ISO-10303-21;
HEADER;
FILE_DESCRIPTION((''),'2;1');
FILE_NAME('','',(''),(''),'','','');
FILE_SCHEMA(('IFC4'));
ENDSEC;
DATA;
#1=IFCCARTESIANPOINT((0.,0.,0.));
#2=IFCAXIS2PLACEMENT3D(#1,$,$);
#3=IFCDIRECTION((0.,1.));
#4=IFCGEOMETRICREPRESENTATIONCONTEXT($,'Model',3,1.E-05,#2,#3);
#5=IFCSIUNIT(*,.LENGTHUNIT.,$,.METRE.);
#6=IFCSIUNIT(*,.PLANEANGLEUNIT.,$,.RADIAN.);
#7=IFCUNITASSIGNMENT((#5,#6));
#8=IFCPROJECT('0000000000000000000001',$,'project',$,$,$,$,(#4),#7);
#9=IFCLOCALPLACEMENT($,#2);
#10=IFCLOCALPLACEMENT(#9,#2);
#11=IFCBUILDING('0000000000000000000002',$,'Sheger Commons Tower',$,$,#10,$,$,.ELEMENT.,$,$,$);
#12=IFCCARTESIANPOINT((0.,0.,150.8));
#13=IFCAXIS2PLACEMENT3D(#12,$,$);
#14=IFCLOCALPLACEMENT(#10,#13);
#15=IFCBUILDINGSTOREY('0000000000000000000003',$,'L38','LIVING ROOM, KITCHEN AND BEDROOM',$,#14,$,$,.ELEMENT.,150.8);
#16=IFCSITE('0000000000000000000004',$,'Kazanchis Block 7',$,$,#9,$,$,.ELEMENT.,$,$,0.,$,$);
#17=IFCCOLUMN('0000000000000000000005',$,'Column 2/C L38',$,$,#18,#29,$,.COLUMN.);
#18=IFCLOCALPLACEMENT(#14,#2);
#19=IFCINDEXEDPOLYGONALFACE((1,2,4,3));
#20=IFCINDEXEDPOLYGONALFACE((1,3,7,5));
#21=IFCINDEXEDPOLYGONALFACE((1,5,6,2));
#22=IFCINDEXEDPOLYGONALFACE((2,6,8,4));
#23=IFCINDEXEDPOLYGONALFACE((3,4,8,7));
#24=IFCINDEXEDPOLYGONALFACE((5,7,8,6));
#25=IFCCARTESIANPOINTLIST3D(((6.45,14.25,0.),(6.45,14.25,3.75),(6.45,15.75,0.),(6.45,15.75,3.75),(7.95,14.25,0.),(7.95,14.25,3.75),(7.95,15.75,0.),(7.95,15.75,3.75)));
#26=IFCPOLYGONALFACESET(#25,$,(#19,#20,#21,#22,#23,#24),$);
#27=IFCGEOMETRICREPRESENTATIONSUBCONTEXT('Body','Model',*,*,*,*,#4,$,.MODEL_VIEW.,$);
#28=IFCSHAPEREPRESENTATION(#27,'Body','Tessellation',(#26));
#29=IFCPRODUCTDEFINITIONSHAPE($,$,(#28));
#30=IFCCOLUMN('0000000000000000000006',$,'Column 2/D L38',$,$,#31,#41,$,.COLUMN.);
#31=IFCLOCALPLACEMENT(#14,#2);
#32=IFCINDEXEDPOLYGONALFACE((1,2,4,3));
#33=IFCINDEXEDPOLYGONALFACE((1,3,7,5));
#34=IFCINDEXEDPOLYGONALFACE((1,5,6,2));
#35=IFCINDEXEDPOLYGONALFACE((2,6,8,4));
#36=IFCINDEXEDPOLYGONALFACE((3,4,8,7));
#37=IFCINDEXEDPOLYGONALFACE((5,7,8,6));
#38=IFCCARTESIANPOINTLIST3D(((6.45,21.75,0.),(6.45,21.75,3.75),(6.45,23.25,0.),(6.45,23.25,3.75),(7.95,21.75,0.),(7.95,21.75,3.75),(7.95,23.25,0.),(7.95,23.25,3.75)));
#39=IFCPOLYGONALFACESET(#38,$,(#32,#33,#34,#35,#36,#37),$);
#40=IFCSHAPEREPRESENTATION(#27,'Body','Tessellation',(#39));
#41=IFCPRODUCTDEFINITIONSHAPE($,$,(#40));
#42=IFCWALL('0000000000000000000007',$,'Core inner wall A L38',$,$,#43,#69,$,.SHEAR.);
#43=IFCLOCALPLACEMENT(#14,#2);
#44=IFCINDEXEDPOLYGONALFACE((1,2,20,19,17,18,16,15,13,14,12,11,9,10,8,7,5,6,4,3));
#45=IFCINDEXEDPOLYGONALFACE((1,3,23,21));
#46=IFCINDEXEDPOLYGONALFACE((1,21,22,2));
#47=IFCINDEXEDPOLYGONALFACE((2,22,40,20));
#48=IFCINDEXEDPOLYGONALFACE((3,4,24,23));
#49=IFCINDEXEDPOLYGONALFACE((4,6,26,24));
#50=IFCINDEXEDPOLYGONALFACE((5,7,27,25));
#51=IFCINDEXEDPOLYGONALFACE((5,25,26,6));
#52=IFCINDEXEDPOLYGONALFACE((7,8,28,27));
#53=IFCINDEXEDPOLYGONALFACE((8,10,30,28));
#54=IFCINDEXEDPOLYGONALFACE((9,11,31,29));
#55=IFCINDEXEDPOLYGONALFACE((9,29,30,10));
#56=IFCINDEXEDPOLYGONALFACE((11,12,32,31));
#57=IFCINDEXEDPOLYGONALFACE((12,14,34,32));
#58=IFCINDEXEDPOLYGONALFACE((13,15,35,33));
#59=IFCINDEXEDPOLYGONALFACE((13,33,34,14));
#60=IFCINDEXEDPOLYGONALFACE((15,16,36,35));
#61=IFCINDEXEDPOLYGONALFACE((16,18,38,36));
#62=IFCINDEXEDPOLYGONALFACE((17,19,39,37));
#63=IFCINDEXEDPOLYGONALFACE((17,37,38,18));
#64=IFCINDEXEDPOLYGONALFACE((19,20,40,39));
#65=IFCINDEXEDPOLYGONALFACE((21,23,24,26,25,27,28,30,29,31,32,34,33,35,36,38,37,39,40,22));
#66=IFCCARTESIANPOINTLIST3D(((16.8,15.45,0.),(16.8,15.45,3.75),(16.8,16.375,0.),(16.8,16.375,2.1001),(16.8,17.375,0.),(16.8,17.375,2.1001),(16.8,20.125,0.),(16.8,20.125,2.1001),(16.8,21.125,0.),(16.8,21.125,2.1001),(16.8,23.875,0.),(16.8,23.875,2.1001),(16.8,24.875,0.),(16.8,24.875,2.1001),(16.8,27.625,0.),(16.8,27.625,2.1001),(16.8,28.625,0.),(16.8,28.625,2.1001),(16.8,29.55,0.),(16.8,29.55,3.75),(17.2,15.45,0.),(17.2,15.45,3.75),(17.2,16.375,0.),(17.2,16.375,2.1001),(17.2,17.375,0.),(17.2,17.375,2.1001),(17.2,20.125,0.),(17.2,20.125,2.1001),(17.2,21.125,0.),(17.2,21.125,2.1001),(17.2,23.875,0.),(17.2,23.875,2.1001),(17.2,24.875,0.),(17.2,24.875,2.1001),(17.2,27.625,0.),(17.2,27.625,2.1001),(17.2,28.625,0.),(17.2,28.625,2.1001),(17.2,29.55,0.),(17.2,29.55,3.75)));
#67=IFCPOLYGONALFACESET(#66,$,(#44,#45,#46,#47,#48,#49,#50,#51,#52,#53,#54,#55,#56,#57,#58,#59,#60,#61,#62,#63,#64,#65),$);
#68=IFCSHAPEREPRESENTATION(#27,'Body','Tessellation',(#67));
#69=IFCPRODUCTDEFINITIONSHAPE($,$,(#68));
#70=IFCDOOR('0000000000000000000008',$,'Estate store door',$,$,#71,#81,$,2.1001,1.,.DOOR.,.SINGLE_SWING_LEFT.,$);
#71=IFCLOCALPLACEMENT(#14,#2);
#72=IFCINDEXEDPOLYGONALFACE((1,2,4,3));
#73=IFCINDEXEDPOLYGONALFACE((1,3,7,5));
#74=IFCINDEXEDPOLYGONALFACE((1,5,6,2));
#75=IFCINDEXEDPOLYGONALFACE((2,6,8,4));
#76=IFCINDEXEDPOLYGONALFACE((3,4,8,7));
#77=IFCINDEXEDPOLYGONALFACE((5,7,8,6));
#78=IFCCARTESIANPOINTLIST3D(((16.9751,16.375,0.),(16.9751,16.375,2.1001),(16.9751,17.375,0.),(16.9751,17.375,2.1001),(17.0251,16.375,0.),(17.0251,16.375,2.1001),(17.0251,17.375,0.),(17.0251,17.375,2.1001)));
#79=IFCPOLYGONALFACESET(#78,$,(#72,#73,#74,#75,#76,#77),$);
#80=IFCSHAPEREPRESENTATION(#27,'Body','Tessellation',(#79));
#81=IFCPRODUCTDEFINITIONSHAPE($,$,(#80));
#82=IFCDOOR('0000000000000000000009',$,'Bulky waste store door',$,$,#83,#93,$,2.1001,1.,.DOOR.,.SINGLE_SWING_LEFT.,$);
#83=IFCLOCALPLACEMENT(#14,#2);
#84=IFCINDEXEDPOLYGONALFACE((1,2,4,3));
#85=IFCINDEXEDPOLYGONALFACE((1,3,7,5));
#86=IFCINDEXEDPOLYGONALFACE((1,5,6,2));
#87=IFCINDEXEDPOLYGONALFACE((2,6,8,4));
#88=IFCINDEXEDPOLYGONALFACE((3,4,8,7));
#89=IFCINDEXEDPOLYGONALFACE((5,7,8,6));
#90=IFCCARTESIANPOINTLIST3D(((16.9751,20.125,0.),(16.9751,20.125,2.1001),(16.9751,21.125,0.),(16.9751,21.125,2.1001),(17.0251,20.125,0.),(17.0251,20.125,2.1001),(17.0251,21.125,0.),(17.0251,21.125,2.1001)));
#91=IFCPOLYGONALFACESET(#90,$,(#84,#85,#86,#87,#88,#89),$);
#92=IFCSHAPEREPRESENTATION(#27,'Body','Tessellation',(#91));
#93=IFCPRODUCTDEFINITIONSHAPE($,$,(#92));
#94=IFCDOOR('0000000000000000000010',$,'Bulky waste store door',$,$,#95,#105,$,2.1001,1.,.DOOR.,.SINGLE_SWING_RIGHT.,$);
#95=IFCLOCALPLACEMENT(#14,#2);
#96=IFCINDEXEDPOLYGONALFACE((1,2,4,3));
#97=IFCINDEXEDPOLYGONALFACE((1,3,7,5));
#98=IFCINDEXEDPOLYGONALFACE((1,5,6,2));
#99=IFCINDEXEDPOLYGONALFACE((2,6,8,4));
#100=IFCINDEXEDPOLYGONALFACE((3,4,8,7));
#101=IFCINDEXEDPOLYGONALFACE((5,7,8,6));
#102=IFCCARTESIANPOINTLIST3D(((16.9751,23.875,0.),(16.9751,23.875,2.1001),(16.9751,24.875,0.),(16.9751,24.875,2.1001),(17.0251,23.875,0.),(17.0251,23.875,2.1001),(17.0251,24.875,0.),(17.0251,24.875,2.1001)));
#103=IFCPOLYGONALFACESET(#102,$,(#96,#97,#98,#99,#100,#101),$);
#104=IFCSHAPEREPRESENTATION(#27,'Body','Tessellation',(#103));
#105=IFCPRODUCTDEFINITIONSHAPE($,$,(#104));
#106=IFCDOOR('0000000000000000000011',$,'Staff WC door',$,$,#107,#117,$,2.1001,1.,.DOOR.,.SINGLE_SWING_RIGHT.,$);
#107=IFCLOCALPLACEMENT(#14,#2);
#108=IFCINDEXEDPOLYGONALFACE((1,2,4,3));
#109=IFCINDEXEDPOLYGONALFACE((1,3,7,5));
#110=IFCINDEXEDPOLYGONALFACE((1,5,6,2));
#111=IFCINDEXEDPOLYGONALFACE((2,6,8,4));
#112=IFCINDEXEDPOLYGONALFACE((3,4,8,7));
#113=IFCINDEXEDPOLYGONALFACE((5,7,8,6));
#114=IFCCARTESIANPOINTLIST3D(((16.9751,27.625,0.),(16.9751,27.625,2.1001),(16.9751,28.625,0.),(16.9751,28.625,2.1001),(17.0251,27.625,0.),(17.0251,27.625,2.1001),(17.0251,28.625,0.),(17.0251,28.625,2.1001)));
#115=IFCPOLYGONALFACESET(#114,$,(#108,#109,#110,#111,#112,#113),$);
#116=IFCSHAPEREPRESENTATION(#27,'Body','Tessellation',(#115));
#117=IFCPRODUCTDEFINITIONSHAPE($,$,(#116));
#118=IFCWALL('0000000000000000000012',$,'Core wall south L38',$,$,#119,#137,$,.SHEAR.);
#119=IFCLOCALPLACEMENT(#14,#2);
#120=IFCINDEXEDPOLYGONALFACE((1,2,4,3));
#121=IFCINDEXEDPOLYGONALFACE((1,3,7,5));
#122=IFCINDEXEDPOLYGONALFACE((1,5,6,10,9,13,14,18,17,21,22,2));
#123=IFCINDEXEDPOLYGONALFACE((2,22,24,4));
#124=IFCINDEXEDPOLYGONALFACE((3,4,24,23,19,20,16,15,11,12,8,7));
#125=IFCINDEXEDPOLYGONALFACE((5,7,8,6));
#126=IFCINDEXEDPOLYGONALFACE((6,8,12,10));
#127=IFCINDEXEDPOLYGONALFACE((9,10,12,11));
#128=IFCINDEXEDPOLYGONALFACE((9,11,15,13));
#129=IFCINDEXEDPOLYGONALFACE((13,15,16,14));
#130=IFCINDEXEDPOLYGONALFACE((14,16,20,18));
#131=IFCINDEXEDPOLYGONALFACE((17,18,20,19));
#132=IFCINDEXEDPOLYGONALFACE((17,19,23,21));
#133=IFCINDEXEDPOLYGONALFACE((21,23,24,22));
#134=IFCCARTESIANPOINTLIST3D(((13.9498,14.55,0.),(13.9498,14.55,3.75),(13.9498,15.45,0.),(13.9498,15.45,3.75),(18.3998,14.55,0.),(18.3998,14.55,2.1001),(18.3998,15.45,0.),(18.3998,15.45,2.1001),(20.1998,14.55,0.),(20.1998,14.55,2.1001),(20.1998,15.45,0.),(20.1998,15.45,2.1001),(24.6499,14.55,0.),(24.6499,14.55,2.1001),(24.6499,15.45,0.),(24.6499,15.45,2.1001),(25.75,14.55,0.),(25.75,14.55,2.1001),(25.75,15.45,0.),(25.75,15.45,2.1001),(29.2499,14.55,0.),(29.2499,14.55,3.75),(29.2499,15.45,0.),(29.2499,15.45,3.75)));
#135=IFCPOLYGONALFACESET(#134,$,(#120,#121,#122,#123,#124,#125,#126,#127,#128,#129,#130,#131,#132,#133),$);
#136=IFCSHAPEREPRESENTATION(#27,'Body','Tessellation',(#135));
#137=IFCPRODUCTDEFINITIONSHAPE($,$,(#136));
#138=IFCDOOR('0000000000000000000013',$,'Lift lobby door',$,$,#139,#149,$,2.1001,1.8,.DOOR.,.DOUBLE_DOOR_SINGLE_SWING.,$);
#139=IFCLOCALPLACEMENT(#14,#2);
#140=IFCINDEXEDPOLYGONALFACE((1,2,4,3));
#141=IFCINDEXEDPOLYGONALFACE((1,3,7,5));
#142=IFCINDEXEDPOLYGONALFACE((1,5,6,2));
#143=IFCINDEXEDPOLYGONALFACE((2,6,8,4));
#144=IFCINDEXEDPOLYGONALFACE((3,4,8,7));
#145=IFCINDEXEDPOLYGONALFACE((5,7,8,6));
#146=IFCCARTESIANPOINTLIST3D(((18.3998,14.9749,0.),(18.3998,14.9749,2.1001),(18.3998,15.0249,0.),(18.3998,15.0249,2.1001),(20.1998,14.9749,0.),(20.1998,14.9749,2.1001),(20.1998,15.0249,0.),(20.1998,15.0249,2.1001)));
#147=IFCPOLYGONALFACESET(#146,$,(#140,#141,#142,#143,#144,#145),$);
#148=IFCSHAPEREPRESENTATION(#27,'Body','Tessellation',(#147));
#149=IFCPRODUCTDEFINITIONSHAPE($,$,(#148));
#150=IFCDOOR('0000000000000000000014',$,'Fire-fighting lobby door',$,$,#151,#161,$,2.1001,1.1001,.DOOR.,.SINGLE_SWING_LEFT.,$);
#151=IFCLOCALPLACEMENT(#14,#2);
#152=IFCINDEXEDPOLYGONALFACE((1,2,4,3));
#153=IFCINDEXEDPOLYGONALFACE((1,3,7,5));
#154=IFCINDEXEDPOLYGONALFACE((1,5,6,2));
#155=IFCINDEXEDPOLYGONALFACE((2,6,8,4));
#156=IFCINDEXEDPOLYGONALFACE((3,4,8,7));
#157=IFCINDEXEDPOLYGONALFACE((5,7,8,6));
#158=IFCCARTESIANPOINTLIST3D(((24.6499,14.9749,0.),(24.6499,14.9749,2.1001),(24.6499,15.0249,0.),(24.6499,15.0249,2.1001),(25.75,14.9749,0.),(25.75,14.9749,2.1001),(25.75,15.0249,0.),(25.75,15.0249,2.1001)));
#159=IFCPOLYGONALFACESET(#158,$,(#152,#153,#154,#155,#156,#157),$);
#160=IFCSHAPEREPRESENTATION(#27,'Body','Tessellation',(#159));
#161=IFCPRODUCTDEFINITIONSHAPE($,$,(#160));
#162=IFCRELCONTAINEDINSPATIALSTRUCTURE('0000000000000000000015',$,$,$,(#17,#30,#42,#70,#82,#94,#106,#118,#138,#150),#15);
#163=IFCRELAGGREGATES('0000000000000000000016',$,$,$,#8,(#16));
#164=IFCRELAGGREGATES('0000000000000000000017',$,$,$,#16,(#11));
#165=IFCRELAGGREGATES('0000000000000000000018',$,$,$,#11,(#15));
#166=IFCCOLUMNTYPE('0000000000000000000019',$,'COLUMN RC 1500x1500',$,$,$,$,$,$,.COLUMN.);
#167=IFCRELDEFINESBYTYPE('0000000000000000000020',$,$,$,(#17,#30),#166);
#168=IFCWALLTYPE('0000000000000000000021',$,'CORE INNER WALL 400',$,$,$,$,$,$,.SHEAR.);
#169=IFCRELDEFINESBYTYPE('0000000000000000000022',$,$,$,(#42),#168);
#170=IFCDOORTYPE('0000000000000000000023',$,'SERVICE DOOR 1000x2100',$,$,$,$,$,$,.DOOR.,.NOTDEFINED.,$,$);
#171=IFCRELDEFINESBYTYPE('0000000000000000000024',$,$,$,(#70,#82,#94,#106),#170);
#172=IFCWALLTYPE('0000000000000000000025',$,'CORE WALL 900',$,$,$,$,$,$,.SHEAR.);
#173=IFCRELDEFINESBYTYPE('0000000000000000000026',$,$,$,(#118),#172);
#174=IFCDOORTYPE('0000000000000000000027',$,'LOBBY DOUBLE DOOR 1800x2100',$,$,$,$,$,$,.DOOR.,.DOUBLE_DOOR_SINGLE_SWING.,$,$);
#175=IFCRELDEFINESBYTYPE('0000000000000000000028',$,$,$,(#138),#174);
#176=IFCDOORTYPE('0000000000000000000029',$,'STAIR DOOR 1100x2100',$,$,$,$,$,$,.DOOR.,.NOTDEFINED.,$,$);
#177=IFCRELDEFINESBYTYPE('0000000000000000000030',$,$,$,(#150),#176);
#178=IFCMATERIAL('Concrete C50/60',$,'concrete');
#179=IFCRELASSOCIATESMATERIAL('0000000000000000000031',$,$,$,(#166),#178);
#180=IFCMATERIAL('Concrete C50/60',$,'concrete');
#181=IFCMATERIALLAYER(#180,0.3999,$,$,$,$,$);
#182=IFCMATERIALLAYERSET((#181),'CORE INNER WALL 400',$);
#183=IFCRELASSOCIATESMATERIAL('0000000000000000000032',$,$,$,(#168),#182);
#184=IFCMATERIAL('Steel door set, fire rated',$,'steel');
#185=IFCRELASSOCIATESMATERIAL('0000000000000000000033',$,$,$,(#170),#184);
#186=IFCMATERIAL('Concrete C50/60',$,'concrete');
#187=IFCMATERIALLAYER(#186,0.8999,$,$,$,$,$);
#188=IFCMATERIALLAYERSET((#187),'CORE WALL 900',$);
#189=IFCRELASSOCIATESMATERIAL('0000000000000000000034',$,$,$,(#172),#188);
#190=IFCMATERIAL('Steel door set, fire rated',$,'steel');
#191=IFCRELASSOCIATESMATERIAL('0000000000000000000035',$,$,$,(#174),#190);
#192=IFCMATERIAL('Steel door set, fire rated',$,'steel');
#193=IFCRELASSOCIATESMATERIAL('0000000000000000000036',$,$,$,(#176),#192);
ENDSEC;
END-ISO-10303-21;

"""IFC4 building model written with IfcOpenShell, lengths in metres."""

from ifc_helpers import new_model, si_unit, direction, frame, frame_2d, origin, origin_2d, place, context, subcontext, project, spatial, rectangle, extrude, material, layer, layer_set, material_profile, profile_set, type_object, element, fill, save


model = new_model("IFC4")

# Units and contexts
model_context = context("Model", 3, precision=1e-05, world=origin(), true_north=direction((0.0, 1.0)))
body_context = subcontext(model_context, "Body", "Model", "MODEL_VIEW")
ifc_project = project(units=[si_unit("LENGTHUNIT", "METRE"), si_unit("PLANEANGLEUNIT", "RADIAN")], contexts=[model_context])

# Site, building, storey
site_placement = place(None, origin())
site = spatial("IfcSite", under=ifc_project, at=site_placement, Name="Kazanchis Block 7", CompositionType="ELEMENT", RefElevation=0.0)
building_placement = place(site_placement, origin())
building = spatial("IfcBuilding", under=site, at=building_placement, Name="Sheger Commons Tower", CompositionType="ELEMENT")
storey_placement = place(building_placement, frame((0.0, 0.0, 150.8)))
storey = spatial("IfcBuildingStorey", under=building, at=storey_placement, Name="L38", Description="LIVING ROOM, KITCHEN AND BEDROOM", CompositionType="ELEMENT", Elevation=150.8)

# Columns
ifc_material_1 = material(Name="Concrete C50/60", Category="concrete")
ifc_material_profile = material_profile(ifc_material_1, rectangle(XDim=1.5, YDim=1.5, at=origin_2d()), Name="RC 1500x1500")
ifc_profile_set = profile_set([ifc_material_profile], Name="Concrete C50/60")
column_type = type_object("IfcColumnType", Name="COLUMN RC 1500x1500", PredefinedType="COLUMN", material=ifc_profile_set)
for number, where, z_axis, x_axis, name in (
    (1, (7.2, 15.0, 0.0), (0.0, 0.0, 1.0), (1.0, 0.0, 0.0), "Column 2/C L38"),
    (2, (7.2, 22.5, 0.0), (0.0, 0.0, 1.0), (1.0, 0.0, 0.0), "Column 2/D L38"),
):
    element("IfcColumn", number, at=place(storey_placement, frame(where, z_axis=z_axis, x_axis=x_axis)), inside=storey, type_object=column_type, Name=name, PredefinedType="COLUMN", context=body_context, shape_type="SweptSolid", body=[
        extrude(rectangle(XDim=1.5, YDim=1.5, at=origin_2d()), origin(), (0.0, 0.0, 1.0), 3.75),
    ])

# Walls, openings, doors
ifc_material_2 = material(Name="Concrete C50/60", Category="concrete")
ifc_layer_1 = layer(ifc_material_2, 0.3999)
ifc_layer_set_1 = layer_set([ifc_layer_1], Name="CORE INNER WALL 400")
wall_type_1 = type_object("IfcWallType", Name="CORE INNER WALL 400", PredefinedType="SHEAR", material=ifc_layer_set_1)
wall_1_placement = place(storey_placement, frame((17.0, 15.45, 0.0), z_axis=(0.0, 0.0, 1.0), x_axis=(0.0, 1.0, 0.0)))
wall_1 = element("IfcWall", 3, at=wall_1_placement, inside=storey, type_object=wall_type_1, Name="Core inner wall A L38", PredefinedType="SHEAR", context=body_context, shape_type="SweptSolid", body=[
    extrude(rectangle(XDim=14.1001, YDim=0.3999, at=frame_2d((7.05, 0.0))), origin(), (0.0, 0.0, 1.0), 3.75),
])
opening_1_placement = place(wall_1_placement, frame((0.925, 0.0, 0.0)))
opening_1 = element("IfcOpeningElement", 4, at=opening_1_placement, cuts=wall_1, PredefinedType="OPENING", context=body_context, shape_type="SweptSolid", body=[
    extrude(rectangle(XDim=1.0, YDim=2.1001, at=frame_2d((0.5, 1.05))), frame((0.0, 0.21, 0.0), z_axis=(0.0, -1.0, 0.0), x_axis=(1.0, 0.0, 0.0)), (0.0, 0.0, 1.0), 0.4199),
])
opening_2_placement = place(wall_1_placement, frame((4.675, 0.0, 0.0)))
opening_2 = element("IfcOpeningElement", 5, at=opening_2_placement, cuts=wall_1, PredefinedType="OPENING", context=body_context, shape_type="SweptSolid", body=[
    extrude(rectangle(XDim=1.0, YDim=2.1001, at=frame_2d((0.5, 1.05))), frame((0.0, 0.21, 0.0), z_axis=(0.0, -1.0, 0.0), x_axis=(1.0, 0.0, 0.0)), (0.0, 0.0, 1.0), 0.4199),
])
opening_3_placement = place(wall_1_placement, frame((8.425, 0.0, 0.0)))
opening_3 = element("IfcOpeningElement", 6, at=opening_3_placement, cuts=wall_1, PredefinedType="OPENING", context=body_context, shape_type="SweptSolid", body=[
    extrude(rectangle(XDim=1.0, YDim=2.1001, at=frame_2d((0.5, 1.05))), frame((0.0, 0.21, 0.0), z_axis=(0.0, -1.0, 0.0), x_axis=(1.0, 0.0, 0.0)), (0.0, 0.0, 1.0), 0.4199),
])
opening_4_placement = place(wall_1_placement, frame((12.175, 0.0, 0.0)))
opening_4 = element("IfcOpeningElement", 7, at=opening_4_placement, cuts=wall_1, PredefinedType="OPENING", context=body_context, shape_type="SweptSolid", body=[
    extrude(rectangle(XDim=1.0, YDim=2.1001, at=frame_2d((0.5, 1.05))), frame((0.0, 0.21, 0.0), z_axis=(0.0, -1.0, 0.0), x_axis=(1.0, 0.0, 0.0)), (0.0, 0.0, 1.0), 0.4199),
])
ifc_material_3 = material(Name="Steel door set, fire rated", Category="steel")
door_type_1 = type_object("IfcDoorType", Name="SERVICE DOOR 1000x2100", OperationType="NOTDEFINED", PredefinedType="DOOR", material=ifc_material_3)
door_1_placement = place(opening_1_placement, origin())
door_1 = element("IfcDoor", 8, at=door_1_placement, inside=storey, type_object=door_type_1, Name="Estate store door", OperationType="SINGLE_SWING_LEFT", OverallHeight=2.1001, OverallWidth=1.0, PredefinedType="DOOR", context=body_context, shape_type="SweptSolid", body=[
    extrude(rectangle(XDim=1.0, YDim=2.1001, at=frame_2d((0.5, 1.05))), frame((0.0, 0.0249, 0.0), z_axis=(0.0, -1.0, 0.0), x_axis=(1.0, 0.0, 0.0)), (0.0, 0.0, 1.0), 0.05),
])
fill(opening_1, door_1)
door_2_placement = place(opening_2_placement, origin())
door_2 = element("IfcDoor", 9, at=door_2_placement, inside=storey, type_object=door_type_1, Name="Bulky waste store door", OperationType="SINGLE_SWING_LEFT", OverallHeight=2.1001, OverallWidth=1.0, PredefinedType="DOOR", context=body_context, shape_type="SweptSolid", body=[
    extrude(rectangle(XDim=1.0, YDim=2.1001, at=frame_2d((0.5, 1.05))), frame((0.0, 0.0249, 0.0), z_axis=(0.0, -1.0, 0.0), x_axis=(1.0, 0.0, 0.0)), (0.0, 0.0, 1.0), 0.05),
])
fill(opening_2, door_2)
door_3_placement = place(opening_3_placement, origin())
door_3 = element("IfcDoor", 10, at=door_3_placement, inside=storey, type_object=door_type_1, Name="Bulky waste store door", OperationType="SINGLE_SWING_RIGHT", OverallHeight=2.1001, OverallWidth=1.0, PredefinedType="DOOR", context=body_context, shape_type="SweptSolid", body=[
    extrude(rectangle(XDim=1.0, YDim=2.1001, at=frame_2d((0.5, 1.05))), frame((0.0, 0.0249, 0.0), z_axis=(0.0, -1.0, 0.0), x_axis=(1.0, 0.0, 0.0)), (0.0, 0.0, 1.0), 0.05),
])
fill(opening_3, door_3)
door_4_placement = place(opening_4_placement, origin())
door_4 = element("IfcDoor", 11, at=door_4_placement, inside=storey, type_object=door_type_1, Name="Staff WC door", OperationType="SINGLE_SWING_RIGHT", OverallHeight=2.1001, OverallWidth=1.0, PredefinedType="DOOR", context=body_context, shape_type="SweptSolid", body=[
    extrude(rectangle(XDim=1.0, YDim=2.1001, at=frame_2d((0.5, 1.05))), frame((0.0, 0.0249, 0.0), z_axis=(0.0, -1.0, 0.0), x_axis=(1.0, 0.0, 0.0)), (0.0, 0.0, 1.0), 0.05),
])
fill(opening_4, door_4)
ifc_material_4 = material(Name="Concrete C50/60", Category="concrete")
ifc_layer_2 = layer(ifc_material_4, 0.8999)
ifc_layer_set_2 = layer_set([ifc_layer_2], Name="CORE WALL 900")
wall_type_2 = type_object("IfcWallType", Name="CORE WALL 900", PredefinedType="SHEAR", material=ifc_layer_set_2)
wall_2_placement = place(storey_placement, frame((13.95, 15.0, 0.0), z_axis=(0.0, 0.0, 1.0), x_axis=(1.0, 0.0, 0.0)))
wall_2 = element("IfcWall", 12, at=wall_2_placement, inside=storey, type_object=wall_type_2, Name="Core wall south L38", PredefinedType="SHEAR", context=body_context, shape_type="SweptSolid", body=[
    extrude(rectangle(XDim=15.3, YDim=0.8999, at=frame_2d((7.6499, 0.0))), origin(), (0.0, 0.0, 1.0), 3.75),
])
opening_5_placement = place(wall_2_placement, frame((4.45, 0.0, 0.0)))
opening_5 = element("IfcOpeningElement", 13, at=opening_5_placement, cuts=wall_2, PredefinedType="OPENING", context=body_context, shape_type="SweptSolid", body=[
    extrude(rectangle(XDim=1.8, YDim=2.1001, at=frame_2d((0.8999, 1.05))), frame((0.0, 0.46, 0.0), z_axis=(0.0, -1.0, 0.0), x_axis=(1.0, 0.0, 0.0)), (0.0, 0.0, 1.0), 0.9199),
])
opening_6_placement = place(wall_2_placement, frame((10.7, 0.0, 0.0)))
opening_6 = element("IfcOpeningElement", 14, at=opening_6_placement, cuts=wall_2, PredefinedType="OPENING", context=body_context, shape_type="SweptSolid", body=[
    extrude(rectangle(XDim=1.1001, YDim=2.1001, at=frame_2d((0.55, 1.05))), frame((0.0, 0.46, 0.0), z_axis=(0.0, -1.0, 0.0), x_axis=(1.0, 0.0, 0.0)), (0.0, 0.0, 1.0), 0.9199),
])
ifc_material_5 = material(Name="Steel door set, fire rated", Category="steel")
door_type_2 = type_object("IfcDoorType", Name="LOBBY DOUBLE DOOR 1800x2100", OperationType="DOUBLE_DOOR_SINGLE_SWING", PredefinedType="DOOR", material=ifc_material_5)
door_5_placement = place(opening_5_placement, origin())
door_5 = element("IfcDoor", 15, at=door_5_placement, inside=storey, type_object=door_type_2, Name="Lift lobby door", OperationType="DOUBLE_DOOR_SINGLE_SWING", OverallHeight=2.1001, OverallWidth=1.8, PredefinedType="DOOR", context=body_context, shape_type="SweptSolid", body=[
    extrude(rectangle(XDim=1.8, YDim=2.1001, at=frame_2d((0.8999, 1.05))), frame((0.0, 0.0249, 0.0), z_axis=(0.0, -1.0, 0.0), x_axis=(1.0, 0.0, 0.0)), (0.0, 0.0, 1.0), 0.05),
])
fill(opening_5, door_5)
ifc_material_6 = material(Name="Steel door set, fire rated", Category="steel")
door_type_3 = type_object("IfcDoorType", Name="STAIR DOOR 1100x2100", OperationType="NOTDEFINED", PredefinedType="DOOR", material=ifc_material_6)
door_6_placement = place(opening_6_placement, origin())
door_6 = element("IfcDoor", 16, at=door_6_placement, inside=storey, type_object=door_type_3, Name="Fire-fighting lobby door", OperationType="SINGLE_SWING_LEFT", OverallHeight=2.1001, OverallWidth=1.1001, PredefinedType="DOOR", context=body_context, shape_type="SweptSolid", body=[
    extrude(rectangle(XDim=1.1001, YDim=2.1001, at=frame_2d((0.55, 1.05))), frame((0.0, 0.0249, 0.0), z_axis=(0.0, -1.0, 0.0), x_axis=(1.0, 0.0, 0.0)), (0.0, 0.0, 1.0), 0.05),
])
fill(opening_6, door_6)

save(model, "model.ifc")
